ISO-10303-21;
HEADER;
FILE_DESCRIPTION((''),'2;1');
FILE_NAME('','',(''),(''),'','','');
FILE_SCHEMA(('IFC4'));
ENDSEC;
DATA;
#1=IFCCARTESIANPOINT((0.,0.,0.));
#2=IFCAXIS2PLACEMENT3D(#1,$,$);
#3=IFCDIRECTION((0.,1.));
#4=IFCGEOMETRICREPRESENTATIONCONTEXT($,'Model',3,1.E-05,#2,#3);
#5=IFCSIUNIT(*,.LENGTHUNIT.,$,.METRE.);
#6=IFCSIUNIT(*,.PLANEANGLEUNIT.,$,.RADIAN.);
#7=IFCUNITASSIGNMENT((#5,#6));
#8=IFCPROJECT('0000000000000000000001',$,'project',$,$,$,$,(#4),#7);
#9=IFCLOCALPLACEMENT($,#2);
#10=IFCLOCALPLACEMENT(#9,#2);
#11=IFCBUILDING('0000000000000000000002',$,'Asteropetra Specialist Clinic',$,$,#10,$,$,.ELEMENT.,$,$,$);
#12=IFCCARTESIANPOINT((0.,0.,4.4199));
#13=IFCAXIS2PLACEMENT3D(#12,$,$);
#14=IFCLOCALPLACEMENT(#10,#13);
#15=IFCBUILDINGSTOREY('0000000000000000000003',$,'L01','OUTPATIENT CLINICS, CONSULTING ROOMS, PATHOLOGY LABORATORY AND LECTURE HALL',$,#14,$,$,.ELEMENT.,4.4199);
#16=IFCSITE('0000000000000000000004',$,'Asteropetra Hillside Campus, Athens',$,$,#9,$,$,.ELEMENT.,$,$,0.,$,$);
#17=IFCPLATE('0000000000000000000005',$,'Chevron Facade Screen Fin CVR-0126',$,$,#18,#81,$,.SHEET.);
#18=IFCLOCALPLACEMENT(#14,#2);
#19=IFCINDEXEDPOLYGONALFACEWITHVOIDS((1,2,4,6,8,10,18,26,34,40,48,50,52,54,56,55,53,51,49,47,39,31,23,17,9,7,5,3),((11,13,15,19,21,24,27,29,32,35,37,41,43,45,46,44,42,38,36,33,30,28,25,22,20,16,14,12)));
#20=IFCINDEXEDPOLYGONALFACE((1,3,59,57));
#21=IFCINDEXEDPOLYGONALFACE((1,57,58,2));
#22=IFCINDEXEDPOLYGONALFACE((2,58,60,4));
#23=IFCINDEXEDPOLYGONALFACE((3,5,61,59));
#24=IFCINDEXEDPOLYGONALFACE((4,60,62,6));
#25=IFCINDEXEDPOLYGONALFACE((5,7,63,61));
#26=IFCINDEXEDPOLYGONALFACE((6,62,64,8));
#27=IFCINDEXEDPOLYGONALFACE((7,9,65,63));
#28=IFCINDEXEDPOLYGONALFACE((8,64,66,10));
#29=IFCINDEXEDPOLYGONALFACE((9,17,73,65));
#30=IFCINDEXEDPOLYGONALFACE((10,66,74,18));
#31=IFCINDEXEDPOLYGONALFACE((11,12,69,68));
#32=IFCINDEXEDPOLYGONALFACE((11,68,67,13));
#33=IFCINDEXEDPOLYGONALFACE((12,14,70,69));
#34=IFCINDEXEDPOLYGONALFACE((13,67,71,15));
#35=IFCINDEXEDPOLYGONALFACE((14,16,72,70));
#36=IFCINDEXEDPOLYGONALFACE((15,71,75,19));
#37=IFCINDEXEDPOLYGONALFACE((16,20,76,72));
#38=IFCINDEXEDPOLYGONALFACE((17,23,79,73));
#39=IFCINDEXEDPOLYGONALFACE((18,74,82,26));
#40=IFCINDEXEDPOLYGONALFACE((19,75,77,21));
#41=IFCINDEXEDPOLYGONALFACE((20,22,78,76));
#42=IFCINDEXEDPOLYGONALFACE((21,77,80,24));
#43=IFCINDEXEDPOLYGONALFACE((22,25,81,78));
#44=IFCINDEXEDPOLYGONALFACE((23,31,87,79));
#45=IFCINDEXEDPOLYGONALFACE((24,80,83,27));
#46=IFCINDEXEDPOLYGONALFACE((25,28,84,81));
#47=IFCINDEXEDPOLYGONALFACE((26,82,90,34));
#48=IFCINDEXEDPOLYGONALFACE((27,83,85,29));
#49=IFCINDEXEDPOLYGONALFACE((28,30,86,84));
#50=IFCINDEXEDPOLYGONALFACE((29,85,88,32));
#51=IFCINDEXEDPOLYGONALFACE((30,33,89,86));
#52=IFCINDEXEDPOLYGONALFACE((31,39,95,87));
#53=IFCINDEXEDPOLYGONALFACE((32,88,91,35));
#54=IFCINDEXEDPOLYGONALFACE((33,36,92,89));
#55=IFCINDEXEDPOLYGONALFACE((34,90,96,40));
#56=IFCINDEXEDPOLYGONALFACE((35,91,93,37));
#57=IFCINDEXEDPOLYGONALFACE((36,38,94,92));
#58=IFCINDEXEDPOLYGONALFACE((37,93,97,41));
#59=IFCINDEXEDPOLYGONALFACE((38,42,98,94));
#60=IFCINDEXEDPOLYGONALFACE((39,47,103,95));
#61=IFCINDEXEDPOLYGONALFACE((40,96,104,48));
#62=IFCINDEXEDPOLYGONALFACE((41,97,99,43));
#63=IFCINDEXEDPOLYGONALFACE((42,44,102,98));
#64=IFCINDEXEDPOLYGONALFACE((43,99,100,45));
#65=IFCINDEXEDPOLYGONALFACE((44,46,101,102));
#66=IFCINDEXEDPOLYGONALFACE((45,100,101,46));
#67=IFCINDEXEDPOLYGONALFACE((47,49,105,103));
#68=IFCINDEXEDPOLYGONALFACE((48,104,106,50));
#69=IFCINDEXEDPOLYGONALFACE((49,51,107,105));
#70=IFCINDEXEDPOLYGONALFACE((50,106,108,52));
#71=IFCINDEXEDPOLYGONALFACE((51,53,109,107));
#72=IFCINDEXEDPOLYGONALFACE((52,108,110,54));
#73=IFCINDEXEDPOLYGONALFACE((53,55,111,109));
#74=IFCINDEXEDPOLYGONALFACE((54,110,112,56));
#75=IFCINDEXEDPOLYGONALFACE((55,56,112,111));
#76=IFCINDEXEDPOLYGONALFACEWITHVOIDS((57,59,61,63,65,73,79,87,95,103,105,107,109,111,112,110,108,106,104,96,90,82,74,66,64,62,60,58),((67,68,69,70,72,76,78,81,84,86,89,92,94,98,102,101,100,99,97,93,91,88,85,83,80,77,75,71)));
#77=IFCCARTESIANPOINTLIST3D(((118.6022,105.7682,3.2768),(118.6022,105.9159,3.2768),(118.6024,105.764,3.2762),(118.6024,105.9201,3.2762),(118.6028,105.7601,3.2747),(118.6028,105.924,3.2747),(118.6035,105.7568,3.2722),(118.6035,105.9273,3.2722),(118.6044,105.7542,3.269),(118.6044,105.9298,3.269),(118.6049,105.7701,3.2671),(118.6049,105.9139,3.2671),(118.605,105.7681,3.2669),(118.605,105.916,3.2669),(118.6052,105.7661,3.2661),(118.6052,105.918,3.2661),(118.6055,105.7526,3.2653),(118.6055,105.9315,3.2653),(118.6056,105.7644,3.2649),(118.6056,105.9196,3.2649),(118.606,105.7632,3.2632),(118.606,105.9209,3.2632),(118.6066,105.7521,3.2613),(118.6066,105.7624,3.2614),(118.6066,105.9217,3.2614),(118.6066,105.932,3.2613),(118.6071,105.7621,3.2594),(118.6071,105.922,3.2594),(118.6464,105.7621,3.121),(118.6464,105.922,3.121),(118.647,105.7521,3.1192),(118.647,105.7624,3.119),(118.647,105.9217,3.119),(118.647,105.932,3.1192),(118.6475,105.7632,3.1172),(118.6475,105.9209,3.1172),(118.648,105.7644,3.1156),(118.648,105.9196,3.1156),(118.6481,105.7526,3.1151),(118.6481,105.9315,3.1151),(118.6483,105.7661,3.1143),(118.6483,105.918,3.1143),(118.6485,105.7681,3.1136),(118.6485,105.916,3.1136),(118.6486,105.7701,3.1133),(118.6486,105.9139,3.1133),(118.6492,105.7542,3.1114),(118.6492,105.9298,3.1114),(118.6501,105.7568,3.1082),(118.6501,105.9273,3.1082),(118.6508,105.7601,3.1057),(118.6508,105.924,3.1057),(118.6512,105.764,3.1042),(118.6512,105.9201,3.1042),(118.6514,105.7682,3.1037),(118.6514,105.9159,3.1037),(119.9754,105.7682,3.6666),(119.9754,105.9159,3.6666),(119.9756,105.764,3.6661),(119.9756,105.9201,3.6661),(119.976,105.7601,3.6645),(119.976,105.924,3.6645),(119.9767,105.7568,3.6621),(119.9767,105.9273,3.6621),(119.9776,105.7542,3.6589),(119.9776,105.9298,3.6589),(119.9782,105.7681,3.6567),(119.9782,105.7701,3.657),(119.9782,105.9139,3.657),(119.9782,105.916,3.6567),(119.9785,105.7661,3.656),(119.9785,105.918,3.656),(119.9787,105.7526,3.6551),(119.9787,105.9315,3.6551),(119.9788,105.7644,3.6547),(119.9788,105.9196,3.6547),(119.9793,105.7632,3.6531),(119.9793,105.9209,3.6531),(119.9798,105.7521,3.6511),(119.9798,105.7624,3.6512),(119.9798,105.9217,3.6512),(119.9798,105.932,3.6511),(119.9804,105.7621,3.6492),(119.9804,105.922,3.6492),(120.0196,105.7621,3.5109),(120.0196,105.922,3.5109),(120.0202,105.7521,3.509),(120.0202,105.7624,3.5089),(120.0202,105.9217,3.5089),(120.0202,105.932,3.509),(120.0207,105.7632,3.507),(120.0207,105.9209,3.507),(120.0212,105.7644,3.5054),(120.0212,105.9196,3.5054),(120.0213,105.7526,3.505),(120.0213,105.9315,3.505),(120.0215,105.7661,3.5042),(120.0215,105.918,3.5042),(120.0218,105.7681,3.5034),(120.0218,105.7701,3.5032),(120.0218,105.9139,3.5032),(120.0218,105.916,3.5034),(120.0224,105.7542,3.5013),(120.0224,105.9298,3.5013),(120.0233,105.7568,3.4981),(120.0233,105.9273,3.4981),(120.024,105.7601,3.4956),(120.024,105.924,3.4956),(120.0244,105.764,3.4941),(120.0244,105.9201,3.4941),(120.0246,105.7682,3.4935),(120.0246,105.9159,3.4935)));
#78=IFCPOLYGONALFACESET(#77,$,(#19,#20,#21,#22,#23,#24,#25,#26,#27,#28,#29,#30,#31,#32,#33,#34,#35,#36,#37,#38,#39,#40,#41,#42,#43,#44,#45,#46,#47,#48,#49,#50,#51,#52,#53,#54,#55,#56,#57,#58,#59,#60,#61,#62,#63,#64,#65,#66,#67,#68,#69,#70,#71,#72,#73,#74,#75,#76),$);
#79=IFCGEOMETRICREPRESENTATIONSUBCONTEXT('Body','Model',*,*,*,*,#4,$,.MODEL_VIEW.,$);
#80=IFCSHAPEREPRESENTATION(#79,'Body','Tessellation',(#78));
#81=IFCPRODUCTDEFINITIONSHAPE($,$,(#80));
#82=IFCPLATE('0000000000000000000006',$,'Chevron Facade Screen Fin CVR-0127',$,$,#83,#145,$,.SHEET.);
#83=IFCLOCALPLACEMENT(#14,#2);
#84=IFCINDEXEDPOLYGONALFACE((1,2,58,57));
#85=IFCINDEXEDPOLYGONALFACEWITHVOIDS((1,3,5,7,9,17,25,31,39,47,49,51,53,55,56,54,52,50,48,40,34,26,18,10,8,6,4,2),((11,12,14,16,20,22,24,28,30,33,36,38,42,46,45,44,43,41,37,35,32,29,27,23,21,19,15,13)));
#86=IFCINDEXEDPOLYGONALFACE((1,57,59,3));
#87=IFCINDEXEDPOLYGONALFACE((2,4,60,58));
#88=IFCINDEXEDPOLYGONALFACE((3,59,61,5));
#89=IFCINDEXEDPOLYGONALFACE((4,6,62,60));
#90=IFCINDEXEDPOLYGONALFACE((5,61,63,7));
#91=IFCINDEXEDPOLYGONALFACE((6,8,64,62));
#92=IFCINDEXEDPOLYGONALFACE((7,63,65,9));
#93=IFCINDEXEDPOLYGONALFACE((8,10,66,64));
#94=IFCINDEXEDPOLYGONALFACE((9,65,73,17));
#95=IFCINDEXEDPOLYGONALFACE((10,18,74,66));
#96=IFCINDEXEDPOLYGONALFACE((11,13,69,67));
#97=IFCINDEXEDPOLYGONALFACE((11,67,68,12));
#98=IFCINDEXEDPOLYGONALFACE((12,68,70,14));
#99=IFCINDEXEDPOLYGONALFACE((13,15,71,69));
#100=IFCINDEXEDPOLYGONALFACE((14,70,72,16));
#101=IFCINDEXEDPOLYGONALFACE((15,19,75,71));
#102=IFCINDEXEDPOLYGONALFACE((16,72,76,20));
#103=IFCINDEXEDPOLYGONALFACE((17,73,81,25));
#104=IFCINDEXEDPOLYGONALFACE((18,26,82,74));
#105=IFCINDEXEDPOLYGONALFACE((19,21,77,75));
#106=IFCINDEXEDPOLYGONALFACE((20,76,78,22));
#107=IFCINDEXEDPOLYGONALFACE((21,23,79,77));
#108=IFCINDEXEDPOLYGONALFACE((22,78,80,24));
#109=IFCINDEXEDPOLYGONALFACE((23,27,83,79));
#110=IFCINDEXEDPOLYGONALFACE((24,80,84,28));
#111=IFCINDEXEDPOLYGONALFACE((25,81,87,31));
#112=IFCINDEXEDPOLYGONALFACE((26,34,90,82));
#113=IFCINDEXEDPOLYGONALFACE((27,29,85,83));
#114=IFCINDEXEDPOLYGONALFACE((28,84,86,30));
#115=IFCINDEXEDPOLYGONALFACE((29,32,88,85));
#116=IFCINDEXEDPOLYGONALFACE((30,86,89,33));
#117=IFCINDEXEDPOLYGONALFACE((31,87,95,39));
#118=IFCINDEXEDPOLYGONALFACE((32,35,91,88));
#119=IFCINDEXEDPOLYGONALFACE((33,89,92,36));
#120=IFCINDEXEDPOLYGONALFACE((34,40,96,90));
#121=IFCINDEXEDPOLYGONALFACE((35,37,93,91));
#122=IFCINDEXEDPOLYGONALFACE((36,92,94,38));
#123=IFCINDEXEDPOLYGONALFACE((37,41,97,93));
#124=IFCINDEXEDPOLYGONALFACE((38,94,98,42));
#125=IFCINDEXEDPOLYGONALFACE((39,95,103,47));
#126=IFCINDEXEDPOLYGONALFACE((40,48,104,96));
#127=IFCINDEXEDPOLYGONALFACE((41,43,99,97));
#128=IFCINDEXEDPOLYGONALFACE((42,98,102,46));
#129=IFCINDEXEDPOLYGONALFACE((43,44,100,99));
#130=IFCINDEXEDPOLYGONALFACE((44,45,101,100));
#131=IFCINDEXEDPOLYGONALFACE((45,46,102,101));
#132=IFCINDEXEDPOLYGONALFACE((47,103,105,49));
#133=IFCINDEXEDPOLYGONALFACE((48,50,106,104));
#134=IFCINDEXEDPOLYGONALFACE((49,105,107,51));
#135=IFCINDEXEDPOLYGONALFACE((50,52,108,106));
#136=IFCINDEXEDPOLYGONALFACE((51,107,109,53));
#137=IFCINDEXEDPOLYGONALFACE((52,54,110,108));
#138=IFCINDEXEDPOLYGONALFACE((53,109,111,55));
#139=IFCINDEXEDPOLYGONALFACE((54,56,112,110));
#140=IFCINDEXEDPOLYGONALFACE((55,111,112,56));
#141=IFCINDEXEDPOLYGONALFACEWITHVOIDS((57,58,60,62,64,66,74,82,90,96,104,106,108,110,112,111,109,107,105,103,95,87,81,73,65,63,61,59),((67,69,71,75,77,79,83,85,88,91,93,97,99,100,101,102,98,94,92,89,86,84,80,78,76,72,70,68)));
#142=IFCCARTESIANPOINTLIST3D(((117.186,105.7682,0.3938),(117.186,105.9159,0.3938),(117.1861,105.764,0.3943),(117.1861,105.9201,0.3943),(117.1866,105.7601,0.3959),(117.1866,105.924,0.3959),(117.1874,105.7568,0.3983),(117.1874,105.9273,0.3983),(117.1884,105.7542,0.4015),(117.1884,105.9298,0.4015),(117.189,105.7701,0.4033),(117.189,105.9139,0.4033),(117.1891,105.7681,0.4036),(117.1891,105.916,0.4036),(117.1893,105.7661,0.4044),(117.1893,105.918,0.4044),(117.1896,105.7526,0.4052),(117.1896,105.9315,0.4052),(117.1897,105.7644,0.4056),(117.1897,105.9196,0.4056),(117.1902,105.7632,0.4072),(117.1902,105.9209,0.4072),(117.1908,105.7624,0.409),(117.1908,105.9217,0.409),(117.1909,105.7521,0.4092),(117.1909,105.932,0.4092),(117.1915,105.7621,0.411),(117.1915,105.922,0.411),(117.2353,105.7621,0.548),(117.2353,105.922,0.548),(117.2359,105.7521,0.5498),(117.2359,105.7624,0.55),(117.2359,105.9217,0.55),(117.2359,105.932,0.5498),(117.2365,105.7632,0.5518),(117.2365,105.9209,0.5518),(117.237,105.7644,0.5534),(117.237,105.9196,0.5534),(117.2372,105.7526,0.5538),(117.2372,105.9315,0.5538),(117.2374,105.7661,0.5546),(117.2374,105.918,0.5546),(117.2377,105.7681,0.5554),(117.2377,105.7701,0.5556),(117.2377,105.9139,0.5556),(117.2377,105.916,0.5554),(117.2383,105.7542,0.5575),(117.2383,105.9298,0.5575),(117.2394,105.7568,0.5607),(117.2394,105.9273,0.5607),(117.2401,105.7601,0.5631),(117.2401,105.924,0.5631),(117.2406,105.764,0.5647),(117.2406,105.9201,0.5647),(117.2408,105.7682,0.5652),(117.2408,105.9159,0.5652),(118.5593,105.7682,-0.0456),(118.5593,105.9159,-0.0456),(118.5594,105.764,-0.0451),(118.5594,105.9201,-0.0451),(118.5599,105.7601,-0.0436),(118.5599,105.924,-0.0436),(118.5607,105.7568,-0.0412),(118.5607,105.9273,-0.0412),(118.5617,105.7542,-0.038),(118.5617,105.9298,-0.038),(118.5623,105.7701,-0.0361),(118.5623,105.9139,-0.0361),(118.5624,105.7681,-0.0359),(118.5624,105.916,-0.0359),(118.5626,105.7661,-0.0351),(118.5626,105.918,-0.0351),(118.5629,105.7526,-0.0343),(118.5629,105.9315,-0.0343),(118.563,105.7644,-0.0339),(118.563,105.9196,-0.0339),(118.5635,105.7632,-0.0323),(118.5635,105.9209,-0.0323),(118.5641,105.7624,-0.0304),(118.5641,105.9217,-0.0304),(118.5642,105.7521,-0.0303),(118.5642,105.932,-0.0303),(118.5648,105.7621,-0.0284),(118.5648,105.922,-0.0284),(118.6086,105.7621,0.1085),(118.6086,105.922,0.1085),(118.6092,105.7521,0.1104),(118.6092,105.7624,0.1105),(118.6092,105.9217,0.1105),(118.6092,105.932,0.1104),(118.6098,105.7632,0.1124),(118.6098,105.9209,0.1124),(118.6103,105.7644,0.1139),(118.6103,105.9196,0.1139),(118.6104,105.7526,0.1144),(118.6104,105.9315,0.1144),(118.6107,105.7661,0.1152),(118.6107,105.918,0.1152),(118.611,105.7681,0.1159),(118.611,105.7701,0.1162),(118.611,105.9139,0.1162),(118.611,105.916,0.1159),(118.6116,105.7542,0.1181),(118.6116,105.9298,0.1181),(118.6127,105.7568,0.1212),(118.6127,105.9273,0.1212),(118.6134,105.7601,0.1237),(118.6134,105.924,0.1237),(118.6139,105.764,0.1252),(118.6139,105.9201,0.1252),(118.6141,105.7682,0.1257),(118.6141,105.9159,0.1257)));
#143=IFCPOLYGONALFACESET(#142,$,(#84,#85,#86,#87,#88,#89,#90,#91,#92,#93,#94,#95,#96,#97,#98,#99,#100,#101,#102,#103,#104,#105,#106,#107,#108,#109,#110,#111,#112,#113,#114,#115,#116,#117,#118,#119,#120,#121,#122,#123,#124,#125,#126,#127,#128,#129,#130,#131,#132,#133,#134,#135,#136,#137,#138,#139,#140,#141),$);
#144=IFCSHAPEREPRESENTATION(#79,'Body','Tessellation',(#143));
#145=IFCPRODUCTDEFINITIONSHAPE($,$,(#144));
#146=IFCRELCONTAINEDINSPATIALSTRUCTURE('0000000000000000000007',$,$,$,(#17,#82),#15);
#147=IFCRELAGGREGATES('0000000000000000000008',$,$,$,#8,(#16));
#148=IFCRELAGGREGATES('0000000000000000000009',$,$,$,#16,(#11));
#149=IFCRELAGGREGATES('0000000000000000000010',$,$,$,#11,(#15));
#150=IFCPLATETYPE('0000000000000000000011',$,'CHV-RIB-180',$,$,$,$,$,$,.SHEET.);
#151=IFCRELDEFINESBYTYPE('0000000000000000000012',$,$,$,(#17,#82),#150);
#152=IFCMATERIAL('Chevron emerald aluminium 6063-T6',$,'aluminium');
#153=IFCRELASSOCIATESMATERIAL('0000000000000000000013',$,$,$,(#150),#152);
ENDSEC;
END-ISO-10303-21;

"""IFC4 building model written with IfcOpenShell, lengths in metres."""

from ifc_helpers import new_model, si_unit, direction, frame, origin, origin_2d, place, context, subcontext, project, spatial, hollow_rectangle, extrude, material, material_profile, profile_set, type_object, element, save


model = new_model("IFC4")

# Units and contexts
model_context = context("Model", 3, precision=1e-05, world=origin(), true_north=direction((0.0, 1.0)))
body_context = subcontext(model_context, "Body", "Model", "MODEL_VIEW")
ifc_project = project(units=[si_unit("LENGTHUNIT", "METRE"), si_unit("PLANEANGLEUNIT", "RADIAN")], contexts=[model_context])

# Site, building, storey
site_placement = place(None, origin())
site = spatial("IfcSite", under=ifc_project, at=site_placement, Name="Asteropetra Hillside Campus, Athens", CompositionType="ELEMENT", RefElevation=0.0)
building_placement = place(site_placement, origin())
building = spatial("IfcBuilding", under=site, at=building_placement, Name="Asteropetra Specialist Clinic", CompositionType="ELEMENT")
storey_placement = place(building_placement, frame((0.0, 0.0, 4.4199)))
storey = spatial("IfcBuildingStorey", under=building, at=storey_placement, Name="L01", Description="OUTPATIENT CLINICS, CONSULTING ROOMS, PATHOLOGY LABORATORY AND LECTURE HALL", CompositionType="ELEMENT", Elevation=4.4199)

# Plates
ifc_material_1 = material(Name="Chevron emerald aluminium 6063-T6", Category="aluminium")
ifc_material_profile_1 = material_profile(ifc_material_1, hollow_rectangle(XDim=0.1799, YDim=0.1799, WallThickness=0.01, InnerFilletRadius=0.0081, OuterFilletRadius=0.0161, at=origin_2d()), Name="SHS 180x180x10.0")
ifc_profile_set_1 = profile_set([ifc_material_profile_1], Name="Chevron emerald aluminium 6063-T6")
plate_type = type_object("IfcPlateType", Name="CHV-RIB-180", PredefinedType="SHEET", material=ifc_profile_set_1)
for number, where, z_axis, x_axis, name in (
    (1, (120.0, 105.842, 3.5801), (-0.961981, 0.0, -0.273117), (0.0, -1.0, 0.0), "Chevron Facade Screen Fin CVR-0126"),
):
    element("IfcPlate", number, at=place(storey_placement, frame(where, z_axis=z_axis, x_axis=x_axis)), inside=storey, type_object=plate_type, Name=name, PredefinedType="SHEET", context=body_context, shape_type="SweptSolid", body=[
        extrude(hollow_rectangle(XDim=0.1799, YDim=0.1799, WallThickness=0.01, InnerFilletRadius=0.0081, OuterFilletRadius=0.0161, at=origin_2d()), origin(), (0.0, 0.0, 1.0), 1.4275),
    ])
for number, where, z_axis, x_axis, name in (
    (2, (118.5867, 105.842, 0.04), (-0.952424, 0.0, 0.304776), (0.0, -1.0, 0.0), "Chevron Facade Screen Fin CVR-0127"),
):
    element("IfcPlate", number, at=place(storey_placement, frame(where, z_axis=z_axis, x_axis=x_axis)), inside=storey, type_object=plate_type, Name=name, PredefinedType="SHEET", context=body_context, shape_type="SweptSolid", body=[
        extrude(hollow_rectangle(XDim=0.1799, YDim=0.1799, WallThickness=0.01, InnerFilletRadius=0.0081, OuterFilletRadius=0.0161, at=origin_2d()), origin(), (0.0, 0.0, 1.0), 1.4419),
    ])

save(model, "model.ifc")
